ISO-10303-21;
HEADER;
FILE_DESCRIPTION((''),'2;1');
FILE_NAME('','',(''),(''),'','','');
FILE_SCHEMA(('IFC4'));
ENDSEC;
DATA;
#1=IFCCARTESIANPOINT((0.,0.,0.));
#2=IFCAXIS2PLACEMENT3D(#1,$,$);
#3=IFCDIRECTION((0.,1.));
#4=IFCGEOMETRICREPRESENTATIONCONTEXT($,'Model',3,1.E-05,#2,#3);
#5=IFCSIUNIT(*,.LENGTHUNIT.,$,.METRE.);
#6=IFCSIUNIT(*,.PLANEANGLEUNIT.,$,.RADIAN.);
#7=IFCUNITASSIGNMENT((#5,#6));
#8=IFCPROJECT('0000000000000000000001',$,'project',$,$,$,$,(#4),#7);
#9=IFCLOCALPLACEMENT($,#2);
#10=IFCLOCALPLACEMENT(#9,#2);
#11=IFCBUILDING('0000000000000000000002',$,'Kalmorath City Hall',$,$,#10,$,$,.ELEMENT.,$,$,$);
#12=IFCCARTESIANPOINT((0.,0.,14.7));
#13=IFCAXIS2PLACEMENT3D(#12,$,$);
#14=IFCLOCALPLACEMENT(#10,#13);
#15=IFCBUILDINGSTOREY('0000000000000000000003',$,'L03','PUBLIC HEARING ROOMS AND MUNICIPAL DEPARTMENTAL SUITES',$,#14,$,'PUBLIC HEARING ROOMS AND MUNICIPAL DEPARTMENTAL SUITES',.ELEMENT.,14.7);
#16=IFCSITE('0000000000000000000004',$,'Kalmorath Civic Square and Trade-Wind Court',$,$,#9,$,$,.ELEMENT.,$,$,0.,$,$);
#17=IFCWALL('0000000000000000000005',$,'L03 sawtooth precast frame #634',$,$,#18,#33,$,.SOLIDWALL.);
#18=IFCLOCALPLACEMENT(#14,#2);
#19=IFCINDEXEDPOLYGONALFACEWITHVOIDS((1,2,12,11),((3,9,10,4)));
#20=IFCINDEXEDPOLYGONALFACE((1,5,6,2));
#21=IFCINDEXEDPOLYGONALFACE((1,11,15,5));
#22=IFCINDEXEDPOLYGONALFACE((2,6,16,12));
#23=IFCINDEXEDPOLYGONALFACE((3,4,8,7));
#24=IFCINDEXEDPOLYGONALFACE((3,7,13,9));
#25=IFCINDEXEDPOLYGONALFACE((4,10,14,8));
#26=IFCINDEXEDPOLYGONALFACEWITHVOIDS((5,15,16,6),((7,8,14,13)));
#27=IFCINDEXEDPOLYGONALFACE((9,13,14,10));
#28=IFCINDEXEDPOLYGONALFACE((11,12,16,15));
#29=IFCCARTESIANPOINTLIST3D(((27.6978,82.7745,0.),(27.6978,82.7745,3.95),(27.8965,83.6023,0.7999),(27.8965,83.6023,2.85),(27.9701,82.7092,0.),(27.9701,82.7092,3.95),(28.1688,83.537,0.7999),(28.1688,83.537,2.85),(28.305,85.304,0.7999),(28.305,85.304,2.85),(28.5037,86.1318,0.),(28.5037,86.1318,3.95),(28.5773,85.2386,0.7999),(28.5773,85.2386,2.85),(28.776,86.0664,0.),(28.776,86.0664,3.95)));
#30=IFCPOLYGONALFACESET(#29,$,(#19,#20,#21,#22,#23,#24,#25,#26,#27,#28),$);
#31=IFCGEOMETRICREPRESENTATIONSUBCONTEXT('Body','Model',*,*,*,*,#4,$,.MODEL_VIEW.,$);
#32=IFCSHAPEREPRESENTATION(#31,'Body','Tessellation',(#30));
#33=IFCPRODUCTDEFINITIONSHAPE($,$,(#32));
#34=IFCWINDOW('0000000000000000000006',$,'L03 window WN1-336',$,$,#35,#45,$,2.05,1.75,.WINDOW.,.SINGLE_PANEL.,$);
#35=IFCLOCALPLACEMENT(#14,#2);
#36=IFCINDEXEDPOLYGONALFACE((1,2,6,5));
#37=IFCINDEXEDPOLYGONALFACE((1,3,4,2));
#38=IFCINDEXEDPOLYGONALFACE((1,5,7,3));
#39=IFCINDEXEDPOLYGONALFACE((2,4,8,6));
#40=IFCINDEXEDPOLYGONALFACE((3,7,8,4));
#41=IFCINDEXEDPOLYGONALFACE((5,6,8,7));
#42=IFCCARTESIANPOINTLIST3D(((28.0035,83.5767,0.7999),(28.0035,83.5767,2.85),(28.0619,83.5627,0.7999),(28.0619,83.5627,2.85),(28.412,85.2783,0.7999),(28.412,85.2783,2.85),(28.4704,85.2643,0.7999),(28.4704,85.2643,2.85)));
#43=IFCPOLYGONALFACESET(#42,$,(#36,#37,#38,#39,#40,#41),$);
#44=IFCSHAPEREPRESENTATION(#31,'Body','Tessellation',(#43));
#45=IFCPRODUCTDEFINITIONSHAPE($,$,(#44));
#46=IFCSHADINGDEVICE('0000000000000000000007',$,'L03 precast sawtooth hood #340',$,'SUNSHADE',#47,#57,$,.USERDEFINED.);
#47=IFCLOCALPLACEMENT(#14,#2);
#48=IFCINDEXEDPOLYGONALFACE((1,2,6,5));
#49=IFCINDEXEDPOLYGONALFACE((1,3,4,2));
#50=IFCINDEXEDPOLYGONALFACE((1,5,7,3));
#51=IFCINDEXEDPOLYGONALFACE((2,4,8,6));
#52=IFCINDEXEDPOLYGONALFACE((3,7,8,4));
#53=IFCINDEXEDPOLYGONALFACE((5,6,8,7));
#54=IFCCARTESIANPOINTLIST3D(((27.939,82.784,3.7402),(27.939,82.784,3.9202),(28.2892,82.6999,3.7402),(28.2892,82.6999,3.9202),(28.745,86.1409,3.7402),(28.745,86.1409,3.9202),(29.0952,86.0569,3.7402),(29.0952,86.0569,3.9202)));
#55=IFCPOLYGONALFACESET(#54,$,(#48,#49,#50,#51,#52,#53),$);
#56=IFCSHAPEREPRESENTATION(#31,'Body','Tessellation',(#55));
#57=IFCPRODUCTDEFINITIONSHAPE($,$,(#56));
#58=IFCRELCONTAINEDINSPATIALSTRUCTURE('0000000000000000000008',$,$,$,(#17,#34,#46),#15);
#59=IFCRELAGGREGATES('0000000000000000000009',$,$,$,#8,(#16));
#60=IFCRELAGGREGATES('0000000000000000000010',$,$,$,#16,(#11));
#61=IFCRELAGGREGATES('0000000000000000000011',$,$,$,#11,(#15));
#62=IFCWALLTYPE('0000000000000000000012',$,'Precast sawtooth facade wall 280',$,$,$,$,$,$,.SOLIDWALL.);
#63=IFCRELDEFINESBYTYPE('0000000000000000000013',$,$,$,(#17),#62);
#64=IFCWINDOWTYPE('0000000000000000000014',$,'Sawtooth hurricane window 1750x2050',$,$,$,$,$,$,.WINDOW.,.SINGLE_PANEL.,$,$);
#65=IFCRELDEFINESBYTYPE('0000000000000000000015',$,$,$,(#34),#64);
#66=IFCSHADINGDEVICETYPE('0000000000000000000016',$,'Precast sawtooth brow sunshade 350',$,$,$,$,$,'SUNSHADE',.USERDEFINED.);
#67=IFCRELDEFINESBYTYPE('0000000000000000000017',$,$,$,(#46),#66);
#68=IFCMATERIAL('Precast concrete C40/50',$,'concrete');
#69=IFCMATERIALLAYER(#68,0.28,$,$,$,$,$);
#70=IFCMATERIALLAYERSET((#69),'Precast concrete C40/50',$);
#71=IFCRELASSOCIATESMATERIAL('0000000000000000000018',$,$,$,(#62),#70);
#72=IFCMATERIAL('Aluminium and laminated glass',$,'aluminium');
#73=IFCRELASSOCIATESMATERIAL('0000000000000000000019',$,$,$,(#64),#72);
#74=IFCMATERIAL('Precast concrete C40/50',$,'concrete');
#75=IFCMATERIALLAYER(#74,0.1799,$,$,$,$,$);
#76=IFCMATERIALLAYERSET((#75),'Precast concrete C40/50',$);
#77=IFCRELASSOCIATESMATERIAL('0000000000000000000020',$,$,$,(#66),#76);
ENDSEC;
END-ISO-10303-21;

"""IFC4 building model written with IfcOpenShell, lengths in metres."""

from ifc_helpers import new_model, si_unit, direction, frame, frame_2d, origin, origin_2d, place, context, subcontext, project, spatial, rectangle, extrude, material, layer, layer_set, type_object, element, fill, save


model = new_model("IFC4")

# Units and contexts
model_context = context("Model", 3, precision=1e-05, world=origin(), true_north=direction((0.0, 1.0)))
body_context = subcontext(model_context, "Body", "Model", "MODEL_VIEW")
ifc_project = project(units=[si_unit("LENGTHUNIT", "METRE"), si_unit("PLANEANGLEUNIT", "RADIAN")], contexts=[model_context])

# Site, building, storey
site_placement = place(None, origin())
site = spatial("IfcSite", under=ifc_project, at=site_placement, Name="Kalmorath Civic Square and Trade-Wind Court", CompositionType="ELEMENT", RefElevation=0.0)
building_placement = place(site_placement, origin())
building = spatial("IfcBuilding", under=site, at=building_placement, Name="Kalmorath City Hall", CompositionType="ELEMENT")
storey_placement = place(building_placement, frame((0.0, 0.0, 14.7)))
storey = spatial("IfcBuildingStorey", under=building, at=storey_placement, Name="L03", Description="PUBLIC HEARING ROOMS AND MUNICIPAL DEPARTMENTAL SUITES", LongName="PUBLIC HEARING ROOMS AND MUNICIPAL DEPARTMENTAL SUITES", CompositionType="ELEMENT", Elevation=14.7)

# Wall, opening, window
ifc_material_1 = material(Name="Precast concrete C40/50", Category="concrete")
ifc_layer_1 = layer(ifc_material_1, 0.28)
ifc_layer_set_1 = layer_set([ifc_layer_1], Name="Precast concrete C40/50")
wall_type_1 = type_object("IfcWallType", Name="Precast sawtooth facade wall 280", PredefinedType="SOLIDWALL", material=ifc_layer_set_1)
wall_1_placement = place(storey_placement, frame((28.6399, 86.0991, 0.0), z_axis=(0.0, 0.0, 1.0), x_axis=(-0.233424, -0.972375, 0.0)))
wall_1 = element("IfcWall", 1, at=wall_1_placement, inside=storey, type_object=wall_type_1, Name="L03 sawtooth precast frame #634", PredefinedType="SOLIDWALL", context=body_context, shape_type="SweptSolid", body=[
    extrude(rectangle(XDim=3.4526, YDim=0.28, at=frame_2d((1.7263, 0.0))), origin(), (0.0, 0.0, 1.0), 3.95),
])
opening_1_placement = place(wall_1_placement, frame((0.8513, 0.0, 0.8)))
opening_1 = element("IfcOpeningElement", 2, at=opening_1_placement, cuts=wall_1, PredefinedType="OPENING", context=body_context, shape_type="SweptSolid", body=[
    extrude(rectangle(XDim=1.75, YDim=2.05, at=frame_2d((0.875, 1.0249))), frame((0.0, 0.1499, 0.0), z_axis=(0.0, -1.0, 0.0), x_axis=(1.0, 0.0, 0.0)), (0.0, 0.0, 1.0), 0.3),
])
ifc_material_2 = material(Name="Aluminium and laminated glass", Category="aluminium")
window_type = type_object("IfcWindowType", Name="Sawtooth hurricane window 1750x2050", PartitioningType="SINGLE_PANEL", PredefinedType="WINDOW", material=ifc_material_2)
window_placement = place(opening_1_placement, origin())
window = element("IfcWindow", 3, at=window_placement, inside=storey, type_object=window_type, Name="L03 window WN1-336", OverallHeight=2.05, OverallWidth=1.75, PartitioningType="SINGLE_PANEL", PredefinedType="WINDOW", context=body_context, shape_type="SweptSolid", body=[
    extrude(rectangle(XDim=1.75, YDim=2.05, at=frame_2d((0.875, 1.0249))), frame((0.0, 0.03, 0.0), z_axis=(0.0, -1.0, 0.0), x_axis=(1.0, 0.0, 0.0)), (0.0, 0.0, 1.0), 0.0601),
])
fill(opening_1, window)

# Shading device
ifc_material_3 = material(Name="Precast concrete C40/50", Category="concrete")
ifc_layer_2 = layer(ifc_material_3, 0.1799)
ifc_layer_set_2 = layer_set([ifc_layer_2], Name="Precast concrete C40/50")
shading_device_type = type_object("IfcShadingDeviceType", Name="Precast sawtooth brow sunshade 350", ElementType="SUNSHADE", PredefinedType="USERDEFINED", material=ifc_layer_set_2)
shading_device_placement = place(storey_placement, frame((28.5171, 84.4204, 3.7402), z_axis=(0.0, 0.0, 1.0), x_axis=(-0.233462, -0.972366, 0.0)))
element("IfcShadingDevice", 4, at=shading_device_placement, inside=storey, type_object=shading_device_type, Name="L03 precast sawtooth hood #340", ObjectType="SUNSHADE", PredefinedType="USERDEFINED", context=body_context, shape_type="SweptSolid", body=[
    extrude(rectangle(XDim=3.4524, YDim=0.3601, at=origin_2d()), origin(), (0.0, 0.0, 1.0), 0.1799),
])

save(model, "model.ifc")
